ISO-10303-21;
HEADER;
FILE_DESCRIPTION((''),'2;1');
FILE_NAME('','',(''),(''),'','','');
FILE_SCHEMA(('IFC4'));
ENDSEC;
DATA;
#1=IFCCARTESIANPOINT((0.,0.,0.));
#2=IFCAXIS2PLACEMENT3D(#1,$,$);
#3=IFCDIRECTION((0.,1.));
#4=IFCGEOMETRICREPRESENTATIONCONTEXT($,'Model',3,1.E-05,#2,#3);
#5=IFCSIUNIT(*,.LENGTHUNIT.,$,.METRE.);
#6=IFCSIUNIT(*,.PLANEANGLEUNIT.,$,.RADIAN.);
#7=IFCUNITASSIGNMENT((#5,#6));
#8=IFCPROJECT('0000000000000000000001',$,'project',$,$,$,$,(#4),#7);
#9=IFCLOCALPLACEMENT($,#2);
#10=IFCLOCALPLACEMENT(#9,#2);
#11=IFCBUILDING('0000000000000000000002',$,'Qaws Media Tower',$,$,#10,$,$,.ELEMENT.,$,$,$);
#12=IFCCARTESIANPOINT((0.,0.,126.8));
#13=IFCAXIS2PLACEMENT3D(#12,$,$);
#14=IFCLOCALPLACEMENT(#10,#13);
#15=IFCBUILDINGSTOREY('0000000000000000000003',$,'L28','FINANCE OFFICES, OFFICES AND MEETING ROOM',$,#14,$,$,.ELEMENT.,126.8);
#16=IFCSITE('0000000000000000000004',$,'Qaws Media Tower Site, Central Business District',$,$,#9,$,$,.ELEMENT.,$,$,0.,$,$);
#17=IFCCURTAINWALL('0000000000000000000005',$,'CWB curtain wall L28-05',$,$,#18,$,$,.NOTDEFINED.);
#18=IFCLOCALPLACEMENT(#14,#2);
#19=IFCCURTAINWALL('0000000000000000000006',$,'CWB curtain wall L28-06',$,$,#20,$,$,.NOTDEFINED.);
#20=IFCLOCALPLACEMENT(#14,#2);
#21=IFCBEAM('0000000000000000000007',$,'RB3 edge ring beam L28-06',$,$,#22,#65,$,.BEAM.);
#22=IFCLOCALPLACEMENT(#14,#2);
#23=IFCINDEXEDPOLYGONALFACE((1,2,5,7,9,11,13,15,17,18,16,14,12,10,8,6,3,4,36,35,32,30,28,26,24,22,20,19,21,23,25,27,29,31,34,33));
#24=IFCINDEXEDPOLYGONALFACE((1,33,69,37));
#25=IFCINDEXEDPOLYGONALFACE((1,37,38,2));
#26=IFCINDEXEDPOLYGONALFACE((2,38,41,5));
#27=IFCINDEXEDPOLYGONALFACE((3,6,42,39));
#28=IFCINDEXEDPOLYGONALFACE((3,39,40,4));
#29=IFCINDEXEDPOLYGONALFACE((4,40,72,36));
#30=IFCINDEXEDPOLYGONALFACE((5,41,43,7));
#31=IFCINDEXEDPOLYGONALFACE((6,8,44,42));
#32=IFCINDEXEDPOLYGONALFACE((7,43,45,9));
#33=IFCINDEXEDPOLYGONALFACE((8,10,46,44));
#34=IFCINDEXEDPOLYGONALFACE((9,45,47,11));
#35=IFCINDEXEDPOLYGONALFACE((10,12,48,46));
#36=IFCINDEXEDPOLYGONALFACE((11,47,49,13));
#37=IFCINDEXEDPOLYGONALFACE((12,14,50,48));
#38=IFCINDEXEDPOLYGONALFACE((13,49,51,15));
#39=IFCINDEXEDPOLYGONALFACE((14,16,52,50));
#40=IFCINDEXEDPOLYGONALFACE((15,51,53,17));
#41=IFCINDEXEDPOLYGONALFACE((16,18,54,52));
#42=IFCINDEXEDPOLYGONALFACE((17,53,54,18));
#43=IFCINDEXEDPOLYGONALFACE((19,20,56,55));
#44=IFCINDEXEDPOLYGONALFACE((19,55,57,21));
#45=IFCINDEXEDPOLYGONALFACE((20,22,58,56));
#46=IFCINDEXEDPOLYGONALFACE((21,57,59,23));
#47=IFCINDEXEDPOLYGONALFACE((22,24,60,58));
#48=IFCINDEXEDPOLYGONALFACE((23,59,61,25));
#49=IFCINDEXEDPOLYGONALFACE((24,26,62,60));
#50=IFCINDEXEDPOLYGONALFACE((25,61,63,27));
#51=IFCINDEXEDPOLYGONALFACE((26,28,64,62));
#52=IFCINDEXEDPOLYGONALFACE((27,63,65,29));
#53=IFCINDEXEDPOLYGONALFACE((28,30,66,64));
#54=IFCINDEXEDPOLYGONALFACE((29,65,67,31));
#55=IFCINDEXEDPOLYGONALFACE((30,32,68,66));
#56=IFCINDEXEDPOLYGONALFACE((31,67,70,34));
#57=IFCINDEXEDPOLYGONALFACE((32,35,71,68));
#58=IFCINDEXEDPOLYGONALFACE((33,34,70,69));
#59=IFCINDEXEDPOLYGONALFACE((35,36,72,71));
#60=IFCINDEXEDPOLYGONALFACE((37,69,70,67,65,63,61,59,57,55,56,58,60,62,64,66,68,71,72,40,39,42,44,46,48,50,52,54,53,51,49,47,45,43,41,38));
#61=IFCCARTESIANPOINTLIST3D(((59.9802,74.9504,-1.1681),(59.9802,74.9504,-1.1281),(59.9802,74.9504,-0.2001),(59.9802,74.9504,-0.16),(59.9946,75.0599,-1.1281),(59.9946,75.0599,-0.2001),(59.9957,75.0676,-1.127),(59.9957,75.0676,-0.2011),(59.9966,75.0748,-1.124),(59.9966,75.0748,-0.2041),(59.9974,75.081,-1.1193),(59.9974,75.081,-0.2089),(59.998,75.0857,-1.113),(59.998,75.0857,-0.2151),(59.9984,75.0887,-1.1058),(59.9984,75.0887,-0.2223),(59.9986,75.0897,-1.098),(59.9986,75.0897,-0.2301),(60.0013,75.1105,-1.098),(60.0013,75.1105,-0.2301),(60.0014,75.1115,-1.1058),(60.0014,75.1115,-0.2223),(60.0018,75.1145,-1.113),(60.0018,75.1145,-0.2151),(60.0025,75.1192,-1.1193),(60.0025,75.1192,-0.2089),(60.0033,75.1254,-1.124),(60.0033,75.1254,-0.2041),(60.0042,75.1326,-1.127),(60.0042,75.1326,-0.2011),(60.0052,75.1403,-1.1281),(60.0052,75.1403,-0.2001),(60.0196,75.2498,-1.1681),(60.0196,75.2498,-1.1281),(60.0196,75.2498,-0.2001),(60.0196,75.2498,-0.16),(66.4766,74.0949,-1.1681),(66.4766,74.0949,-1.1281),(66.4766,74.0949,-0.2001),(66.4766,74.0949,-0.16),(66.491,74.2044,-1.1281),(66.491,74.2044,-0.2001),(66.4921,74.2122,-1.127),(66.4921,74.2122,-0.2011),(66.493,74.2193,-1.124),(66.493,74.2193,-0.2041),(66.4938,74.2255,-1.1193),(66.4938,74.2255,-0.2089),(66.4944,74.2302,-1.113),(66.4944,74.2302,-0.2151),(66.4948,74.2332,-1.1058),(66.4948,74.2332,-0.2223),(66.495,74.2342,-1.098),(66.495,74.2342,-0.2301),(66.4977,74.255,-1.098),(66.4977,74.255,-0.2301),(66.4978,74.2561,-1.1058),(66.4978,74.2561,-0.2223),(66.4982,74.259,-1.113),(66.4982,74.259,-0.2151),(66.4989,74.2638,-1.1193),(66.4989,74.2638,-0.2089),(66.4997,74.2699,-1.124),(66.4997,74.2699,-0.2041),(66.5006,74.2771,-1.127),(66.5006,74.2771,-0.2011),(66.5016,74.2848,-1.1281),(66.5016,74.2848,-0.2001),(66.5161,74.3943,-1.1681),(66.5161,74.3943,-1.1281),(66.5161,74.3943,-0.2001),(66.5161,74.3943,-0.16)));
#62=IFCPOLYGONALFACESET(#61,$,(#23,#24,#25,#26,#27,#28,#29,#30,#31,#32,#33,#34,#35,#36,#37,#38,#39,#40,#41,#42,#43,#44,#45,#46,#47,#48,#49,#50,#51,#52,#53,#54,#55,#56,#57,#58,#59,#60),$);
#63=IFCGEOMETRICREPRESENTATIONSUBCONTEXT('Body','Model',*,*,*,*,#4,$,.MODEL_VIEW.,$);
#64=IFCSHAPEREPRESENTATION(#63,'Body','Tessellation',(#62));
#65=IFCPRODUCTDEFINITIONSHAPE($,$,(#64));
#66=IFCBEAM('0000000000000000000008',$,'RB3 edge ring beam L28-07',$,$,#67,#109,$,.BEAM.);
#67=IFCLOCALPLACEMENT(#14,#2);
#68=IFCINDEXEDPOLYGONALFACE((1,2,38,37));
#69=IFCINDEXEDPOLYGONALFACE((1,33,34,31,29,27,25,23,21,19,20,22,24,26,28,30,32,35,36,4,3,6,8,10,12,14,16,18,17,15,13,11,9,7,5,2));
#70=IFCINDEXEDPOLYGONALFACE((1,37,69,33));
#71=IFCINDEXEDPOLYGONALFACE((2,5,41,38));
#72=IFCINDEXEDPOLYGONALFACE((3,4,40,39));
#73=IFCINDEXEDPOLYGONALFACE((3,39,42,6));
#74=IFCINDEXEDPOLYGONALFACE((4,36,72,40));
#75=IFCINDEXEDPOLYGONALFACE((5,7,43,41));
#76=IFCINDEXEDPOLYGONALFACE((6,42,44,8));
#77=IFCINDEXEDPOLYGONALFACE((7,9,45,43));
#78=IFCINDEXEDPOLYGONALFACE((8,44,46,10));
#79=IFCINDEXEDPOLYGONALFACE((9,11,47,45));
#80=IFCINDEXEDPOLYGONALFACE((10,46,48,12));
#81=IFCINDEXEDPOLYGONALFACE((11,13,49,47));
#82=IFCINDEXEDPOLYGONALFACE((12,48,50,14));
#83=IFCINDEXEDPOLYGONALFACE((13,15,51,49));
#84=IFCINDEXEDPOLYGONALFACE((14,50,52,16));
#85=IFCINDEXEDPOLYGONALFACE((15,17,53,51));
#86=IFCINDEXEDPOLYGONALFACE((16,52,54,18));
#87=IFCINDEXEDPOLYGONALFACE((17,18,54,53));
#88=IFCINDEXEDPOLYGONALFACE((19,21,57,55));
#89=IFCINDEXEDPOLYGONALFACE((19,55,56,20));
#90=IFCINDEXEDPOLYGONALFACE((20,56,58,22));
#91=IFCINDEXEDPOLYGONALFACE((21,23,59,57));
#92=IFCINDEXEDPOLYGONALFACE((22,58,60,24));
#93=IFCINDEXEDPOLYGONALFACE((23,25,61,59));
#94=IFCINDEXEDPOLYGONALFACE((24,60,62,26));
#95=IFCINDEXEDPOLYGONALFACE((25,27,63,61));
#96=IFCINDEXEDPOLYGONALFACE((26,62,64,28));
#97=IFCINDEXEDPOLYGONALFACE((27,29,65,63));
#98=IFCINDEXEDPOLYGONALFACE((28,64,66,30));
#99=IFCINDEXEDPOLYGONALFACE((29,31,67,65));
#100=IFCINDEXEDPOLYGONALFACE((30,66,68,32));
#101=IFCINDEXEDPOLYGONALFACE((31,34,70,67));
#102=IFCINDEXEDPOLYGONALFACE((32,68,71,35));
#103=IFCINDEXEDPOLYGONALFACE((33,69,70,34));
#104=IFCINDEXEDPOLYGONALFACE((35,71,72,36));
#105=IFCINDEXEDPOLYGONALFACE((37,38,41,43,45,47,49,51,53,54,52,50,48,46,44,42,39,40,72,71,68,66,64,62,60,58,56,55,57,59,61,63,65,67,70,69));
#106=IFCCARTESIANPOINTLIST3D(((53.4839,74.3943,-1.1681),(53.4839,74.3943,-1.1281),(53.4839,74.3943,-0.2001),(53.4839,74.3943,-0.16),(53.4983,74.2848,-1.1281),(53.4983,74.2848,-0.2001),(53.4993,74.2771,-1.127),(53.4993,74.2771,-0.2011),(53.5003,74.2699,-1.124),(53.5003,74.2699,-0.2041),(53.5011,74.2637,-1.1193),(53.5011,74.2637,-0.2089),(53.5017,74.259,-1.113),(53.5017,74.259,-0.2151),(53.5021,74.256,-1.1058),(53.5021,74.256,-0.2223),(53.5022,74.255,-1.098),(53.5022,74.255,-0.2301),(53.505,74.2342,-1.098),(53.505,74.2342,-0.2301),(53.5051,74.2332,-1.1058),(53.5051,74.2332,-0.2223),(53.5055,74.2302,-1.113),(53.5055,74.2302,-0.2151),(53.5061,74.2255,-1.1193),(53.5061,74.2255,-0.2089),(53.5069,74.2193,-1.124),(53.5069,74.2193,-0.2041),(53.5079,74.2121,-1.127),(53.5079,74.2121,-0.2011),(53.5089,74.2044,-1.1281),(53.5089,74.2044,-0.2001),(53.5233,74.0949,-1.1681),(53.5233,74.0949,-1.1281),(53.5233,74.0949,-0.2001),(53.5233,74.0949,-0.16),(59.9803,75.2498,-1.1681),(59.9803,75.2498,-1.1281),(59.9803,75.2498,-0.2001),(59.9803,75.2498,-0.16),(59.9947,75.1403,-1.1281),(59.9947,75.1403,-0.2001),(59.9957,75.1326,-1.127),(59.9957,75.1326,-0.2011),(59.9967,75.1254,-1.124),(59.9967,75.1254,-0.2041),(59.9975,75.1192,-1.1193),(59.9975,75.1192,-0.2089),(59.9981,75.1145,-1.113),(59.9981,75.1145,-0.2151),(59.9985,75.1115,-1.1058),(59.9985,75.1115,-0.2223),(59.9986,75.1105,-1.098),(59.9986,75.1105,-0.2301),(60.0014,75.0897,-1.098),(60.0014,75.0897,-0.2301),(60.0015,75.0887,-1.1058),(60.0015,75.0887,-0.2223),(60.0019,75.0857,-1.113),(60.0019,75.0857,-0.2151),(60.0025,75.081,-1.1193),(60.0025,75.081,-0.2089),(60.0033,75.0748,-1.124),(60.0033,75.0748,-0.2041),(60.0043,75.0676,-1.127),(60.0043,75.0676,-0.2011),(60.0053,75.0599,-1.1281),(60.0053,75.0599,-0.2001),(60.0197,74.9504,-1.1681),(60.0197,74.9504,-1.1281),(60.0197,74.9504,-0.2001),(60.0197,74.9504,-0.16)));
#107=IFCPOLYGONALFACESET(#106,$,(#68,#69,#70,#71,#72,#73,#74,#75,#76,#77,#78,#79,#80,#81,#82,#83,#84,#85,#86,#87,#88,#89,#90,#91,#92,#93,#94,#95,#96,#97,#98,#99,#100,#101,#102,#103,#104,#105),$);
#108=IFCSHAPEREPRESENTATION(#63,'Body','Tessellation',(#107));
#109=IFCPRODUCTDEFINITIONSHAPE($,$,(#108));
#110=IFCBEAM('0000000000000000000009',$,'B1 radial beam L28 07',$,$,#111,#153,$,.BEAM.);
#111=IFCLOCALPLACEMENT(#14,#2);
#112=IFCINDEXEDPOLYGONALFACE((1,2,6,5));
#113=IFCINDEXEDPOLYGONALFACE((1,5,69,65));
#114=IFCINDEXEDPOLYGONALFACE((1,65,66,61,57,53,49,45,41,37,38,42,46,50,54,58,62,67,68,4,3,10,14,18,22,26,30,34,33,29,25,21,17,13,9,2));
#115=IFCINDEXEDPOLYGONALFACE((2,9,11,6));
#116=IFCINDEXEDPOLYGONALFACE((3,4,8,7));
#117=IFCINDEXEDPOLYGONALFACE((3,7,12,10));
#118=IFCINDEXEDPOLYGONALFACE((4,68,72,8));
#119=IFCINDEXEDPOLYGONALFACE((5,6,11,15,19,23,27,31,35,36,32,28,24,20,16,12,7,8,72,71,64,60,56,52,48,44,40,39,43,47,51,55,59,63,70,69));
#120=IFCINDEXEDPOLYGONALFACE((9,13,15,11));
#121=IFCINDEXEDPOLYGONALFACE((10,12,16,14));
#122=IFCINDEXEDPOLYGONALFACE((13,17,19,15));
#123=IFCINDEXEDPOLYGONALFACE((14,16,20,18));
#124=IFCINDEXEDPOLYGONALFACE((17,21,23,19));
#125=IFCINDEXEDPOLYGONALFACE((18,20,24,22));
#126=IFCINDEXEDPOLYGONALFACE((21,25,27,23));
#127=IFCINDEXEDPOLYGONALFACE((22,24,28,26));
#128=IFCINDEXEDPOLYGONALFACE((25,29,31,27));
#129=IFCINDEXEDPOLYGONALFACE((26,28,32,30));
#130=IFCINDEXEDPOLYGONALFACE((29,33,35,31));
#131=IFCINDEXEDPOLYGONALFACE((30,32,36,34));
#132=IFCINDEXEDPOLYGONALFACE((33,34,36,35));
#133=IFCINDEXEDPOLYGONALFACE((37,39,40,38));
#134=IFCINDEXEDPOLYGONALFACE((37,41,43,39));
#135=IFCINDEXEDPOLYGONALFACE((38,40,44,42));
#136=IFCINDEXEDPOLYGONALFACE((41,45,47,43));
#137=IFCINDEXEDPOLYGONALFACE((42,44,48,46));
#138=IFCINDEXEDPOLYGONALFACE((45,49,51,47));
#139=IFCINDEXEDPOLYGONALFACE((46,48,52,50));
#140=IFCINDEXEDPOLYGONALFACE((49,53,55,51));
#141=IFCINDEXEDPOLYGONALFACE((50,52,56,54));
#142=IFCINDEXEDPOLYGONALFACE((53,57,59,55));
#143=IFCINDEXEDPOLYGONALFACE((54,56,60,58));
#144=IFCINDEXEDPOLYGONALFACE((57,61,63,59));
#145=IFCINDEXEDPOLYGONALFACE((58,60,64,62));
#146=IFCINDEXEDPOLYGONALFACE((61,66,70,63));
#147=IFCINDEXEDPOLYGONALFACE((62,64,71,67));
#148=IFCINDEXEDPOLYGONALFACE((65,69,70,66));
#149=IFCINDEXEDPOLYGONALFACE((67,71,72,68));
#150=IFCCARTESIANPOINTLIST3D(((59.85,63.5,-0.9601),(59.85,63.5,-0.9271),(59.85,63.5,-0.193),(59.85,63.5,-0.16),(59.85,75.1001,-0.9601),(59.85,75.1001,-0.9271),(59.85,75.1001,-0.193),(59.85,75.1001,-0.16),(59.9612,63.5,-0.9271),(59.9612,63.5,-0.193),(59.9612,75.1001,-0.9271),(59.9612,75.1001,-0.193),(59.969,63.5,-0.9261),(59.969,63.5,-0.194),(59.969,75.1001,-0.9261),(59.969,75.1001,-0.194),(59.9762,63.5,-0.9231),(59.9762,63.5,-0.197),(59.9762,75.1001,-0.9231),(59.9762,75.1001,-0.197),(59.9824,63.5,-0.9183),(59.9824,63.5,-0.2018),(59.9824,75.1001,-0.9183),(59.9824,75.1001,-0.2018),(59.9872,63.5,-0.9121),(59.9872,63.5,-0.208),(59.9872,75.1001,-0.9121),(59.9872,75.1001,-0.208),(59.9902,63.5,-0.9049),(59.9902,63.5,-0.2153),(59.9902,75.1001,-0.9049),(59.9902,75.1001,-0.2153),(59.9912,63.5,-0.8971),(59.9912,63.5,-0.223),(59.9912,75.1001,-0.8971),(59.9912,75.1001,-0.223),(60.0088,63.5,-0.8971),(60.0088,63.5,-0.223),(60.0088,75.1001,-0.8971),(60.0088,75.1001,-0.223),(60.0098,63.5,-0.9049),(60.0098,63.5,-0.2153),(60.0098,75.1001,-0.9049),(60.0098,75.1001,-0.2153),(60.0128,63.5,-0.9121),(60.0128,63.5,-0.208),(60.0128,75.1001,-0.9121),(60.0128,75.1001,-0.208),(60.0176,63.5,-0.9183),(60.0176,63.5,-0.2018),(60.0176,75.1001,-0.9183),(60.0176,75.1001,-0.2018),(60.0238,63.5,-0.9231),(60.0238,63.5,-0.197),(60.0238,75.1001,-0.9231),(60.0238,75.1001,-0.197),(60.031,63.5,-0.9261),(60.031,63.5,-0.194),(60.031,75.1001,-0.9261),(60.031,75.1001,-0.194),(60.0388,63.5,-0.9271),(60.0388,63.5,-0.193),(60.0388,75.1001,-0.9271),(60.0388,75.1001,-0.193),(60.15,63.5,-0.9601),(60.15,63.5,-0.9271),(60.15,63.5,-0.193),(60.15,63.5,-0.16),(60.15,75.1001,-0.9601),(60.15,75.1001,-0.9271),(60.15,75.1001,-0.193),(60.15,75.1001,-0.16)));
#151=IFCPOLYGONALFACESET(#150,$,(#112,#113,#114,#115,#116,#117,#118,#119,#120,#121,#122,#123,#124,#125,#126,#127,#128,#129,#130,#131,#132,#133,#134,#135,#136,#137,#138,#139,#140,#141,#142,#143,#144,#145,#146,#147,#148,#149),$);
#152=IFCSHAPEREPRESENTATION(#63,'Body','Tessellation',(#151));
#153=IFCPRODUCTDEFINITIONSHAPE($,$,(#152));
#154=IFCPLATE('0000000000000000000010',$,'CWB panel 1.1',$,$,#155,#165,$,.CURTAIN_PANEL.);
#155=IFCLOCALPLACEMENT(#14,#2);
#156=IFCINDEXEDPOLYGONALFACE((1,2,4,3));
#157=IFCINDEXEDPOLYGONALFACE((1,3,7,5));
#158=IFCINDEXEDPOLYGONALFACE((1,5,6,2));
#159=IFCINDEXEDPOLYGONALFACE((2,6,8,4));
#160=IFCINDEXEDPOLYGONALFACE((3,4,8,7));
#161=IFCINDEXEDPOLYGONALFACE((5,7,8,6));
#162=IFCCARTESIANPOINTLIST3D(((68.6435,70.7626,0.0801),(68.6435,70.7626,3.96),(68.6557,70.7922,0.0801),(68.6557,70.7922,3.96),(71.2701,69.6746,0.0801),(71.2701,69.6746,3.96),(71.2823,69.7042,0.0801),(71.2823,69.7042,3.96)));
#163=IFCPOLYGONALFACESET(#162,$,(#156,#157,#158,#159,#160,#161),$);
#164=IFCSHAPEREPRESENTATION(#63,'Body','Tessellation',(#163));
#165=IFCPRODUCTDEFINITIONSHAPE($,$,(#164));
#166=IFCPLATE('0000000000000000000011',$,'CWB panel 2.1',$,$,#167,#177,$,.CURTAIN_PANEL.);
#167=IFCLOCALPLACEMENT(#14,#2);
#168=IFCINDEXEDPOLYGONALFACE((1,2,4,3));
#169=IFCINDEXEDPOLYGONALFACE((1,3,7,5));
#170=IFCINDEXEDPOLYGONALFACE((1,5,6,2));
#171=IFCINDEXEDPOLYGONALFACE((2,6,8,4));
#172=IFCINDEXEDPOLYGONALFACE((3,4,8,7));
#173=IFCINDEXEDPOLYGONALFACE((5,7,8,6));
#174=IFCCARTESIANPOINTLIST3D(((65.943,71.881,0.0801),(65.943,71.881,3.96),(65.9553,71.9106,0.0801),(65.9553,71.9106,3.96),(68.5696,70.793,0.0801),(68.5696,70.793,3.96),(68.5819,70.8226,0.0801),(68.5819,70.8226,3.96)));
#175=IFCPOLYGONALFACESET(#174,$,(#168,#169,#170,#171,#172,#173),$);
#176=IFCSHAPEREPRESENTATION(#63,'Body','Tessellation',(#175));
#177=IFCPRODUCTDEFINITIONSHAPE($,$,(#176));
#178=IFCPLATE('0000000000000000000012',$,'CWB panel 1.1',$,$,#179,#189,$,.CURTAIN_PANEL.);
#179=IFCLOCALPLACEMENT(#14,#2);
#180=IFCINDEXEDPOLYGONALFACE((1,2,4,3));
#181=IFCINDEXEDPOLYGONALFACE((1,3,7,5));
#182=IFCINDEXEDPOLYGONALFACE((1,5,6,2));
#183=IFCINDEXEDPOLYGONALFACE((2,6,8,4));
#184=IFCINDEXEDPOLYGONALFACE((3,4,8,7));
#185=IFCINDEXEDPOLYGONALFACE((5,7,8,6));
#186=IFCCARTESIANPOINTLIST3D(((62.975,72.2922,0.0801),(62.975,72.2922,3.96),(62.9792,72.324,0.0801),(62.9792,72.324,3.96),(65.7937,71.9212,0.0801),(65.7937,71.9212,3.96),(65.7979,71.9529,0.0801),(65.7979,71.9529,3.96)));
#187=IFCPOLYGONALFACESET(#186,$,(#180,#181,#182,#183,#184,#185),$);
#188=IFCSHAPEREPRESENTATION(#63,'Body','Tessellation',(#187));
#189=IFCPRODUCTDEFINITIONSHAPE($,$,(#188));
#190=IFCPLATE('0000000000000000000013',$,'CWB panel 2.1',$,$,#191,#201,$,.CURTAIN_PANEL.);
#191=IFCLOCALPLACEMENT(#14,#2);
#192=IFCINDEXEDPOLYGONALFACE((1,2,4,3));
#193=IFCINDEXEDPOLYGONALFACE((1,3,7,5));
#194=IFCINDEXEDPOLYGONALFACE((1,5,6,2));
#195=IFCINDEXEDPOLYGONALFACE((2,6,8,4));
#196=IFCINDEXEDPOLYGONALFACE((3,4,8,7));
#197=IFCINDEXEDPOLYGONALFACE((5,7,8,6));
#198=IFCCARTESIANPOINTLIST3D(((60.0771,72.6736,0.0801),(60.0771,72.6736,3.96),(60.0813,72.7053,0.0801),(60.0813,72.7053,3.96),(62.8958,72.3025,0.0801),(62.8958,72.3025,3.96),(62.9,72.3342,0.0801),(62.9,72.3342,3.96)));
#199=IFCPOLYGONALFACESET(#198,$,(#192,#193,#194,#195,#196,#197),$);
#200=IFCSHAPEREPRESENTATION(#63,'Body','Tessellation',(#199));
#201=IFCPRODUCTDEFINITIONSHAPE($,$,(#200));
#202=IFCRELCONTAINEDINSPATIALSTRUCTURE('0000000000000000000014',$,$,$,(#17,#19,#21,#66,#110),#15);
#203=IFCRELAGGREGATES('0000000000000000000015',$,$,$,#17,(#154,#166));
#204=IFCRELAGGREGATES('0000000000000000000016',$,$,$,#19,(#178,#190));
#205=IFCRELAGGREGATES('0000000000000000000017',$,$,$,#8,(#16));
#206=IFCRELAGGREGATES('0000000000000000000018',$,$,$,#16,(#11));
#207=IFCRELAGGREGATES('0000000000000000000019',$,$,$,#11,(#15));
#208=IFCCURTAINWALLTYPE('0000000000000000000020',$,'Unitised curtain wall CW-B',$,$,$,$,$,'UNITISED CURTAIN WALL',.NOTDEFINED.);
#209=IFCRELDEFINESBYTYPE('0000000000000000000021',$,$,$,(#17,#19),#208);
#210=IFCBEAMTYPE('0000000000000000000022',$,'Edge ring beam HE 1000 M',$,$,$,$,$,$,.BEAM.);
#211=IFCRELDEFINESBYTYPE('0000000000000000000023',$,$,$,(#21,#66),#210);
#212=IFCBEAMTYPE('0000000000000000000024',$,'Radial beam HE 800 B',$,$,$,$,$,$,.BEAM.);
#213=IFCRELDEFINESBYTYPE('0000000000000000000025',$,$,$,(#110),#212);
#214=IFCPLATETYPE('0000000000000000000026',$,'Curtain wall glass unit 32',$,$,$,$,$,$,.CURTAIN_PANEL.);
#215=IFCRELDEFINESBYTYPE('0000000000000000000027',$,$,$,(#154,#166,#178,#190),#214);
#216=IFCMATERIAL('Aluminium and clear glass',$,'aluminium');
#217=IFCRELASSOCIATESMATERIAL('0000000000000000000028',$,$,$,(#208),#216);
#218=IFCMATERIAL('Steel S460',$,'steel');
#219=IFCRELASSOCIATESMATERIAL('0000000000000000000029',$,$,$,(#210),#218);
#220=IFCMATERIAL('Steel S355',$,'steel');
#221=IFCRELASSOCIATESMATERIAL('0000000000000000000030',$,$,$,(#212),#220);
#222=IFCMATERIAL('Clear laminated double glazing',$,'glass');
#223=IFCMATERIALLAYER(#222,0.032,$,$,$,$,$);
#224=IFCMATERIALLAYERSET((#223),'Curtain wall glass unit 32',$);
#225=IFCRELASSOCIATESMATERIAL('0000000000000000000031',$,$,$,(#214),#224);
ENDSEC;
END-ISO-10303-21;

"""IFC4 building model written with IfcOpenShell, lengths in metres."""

from ifc_helpers import new_model, si_unit, direction, frame, origin, origin_2d, place, context, subcontext, project, spatial, rectangle, i_section, extrude, material, layer, layer_set, material_profile, profile_set, type_object, element, aggregate, save


model = new_model("IFC4")

# Units and contexts
model_context = context("Model", 3, precision=1e-05, world=origin(), true_north=direction((0.0, 1.0)))
body_context = subcontext(model_context, "Body", "Model", "MODEL_VIEW")
ifc_project = project(units=[si_unit("LENGTHUNIT", "METRE"), si_unit("PLANEANGLEUNIT", "RADIAN")], contexts=[model_context])

# Site, building, storey
site_placement = place(None, origin())
site = spatial("IfcSite", under=ifc_project, at=site_placement, Name="Qaws Media Tower Site, Central Business District", CompositionType="ELEMENT", RefElevation=0.0)
building_placement = place(site_placement, origin())
building = spatial("IfcBuilding", under=site, at=building_placement, Name="Qaws Media Tower", CompositionType="ELEMENT")
storey_placement = place(building_placement, frame((0.0, 0.0, 126.8)))
storey = spatial("IfcBuildingStorey", under=building, at=storey_placement, Name="L28", Description="FINANCE OFFICES, OFFICES AND MEETING ROOM", CompositionType="ELEMENT", Elevation=126.8)

# Shared definitions
ifc_material_1 = material(Name="Aluminium and clear glass", Category="aluminium")
curtain_wall_type = type_object("IfcCurtainWallType", Name="Unitised curtain wall CW-B", ElementType="UNITISED CURTAIN WALL", PredefinedType="NOTDEFINED", material=ifc_material_1)

# Curtain walls
curtain_wall_1_placement = place(storey_placement, origin())
curtain_wall_1 = element("IfcCurtainWall", 1, at=curtain_wall_1_placement, inside=storey, type_object=curtain_wall_type, Name="CWB curtain wall L28-05", PredefinedType="NOTDEFINED")
curtain_wall_2_placement = place(storey_placement, origin())
curtain_wall_2 = element("IfcCurtainWall", 2, at=curtain_wall_2_placement, inside=storey, type_object=curtain_wall_type, Name="CWB curtain wall L28-06", PredefinedType="NOTDEFINED")

# Beams
ifc_material_2 = material(Name="Steel S460", Category="steel")
ifc_material_profile_1 = material_profile(ifc_material_2, i_section(OverallWidth=0.302, OverallDepth=1.0081, WebThickness=0.021, FlangeThickness=0.04, FilletRadius=0.03, at=origin_2d()), Name="HE 1000 M")
ifc_profile_set_1 = profile_set([ifc_material_profile_1], Name="Steel S460")
beam_type_1 = type_object("IfcBeamType", Name="Edge ring beam HE 1000 M", PredefinedType="BEAM", material=ifc_profile_set_1)
for number, where, z_axis, x_axis, name in (
    (3, (66.4963, 74.2446, -0.6641), (-0.991441, 0.130558, 0.0), (-0.130558, -0.991441, 0.0), "RB3 edge ring beam L28-06"),
    (4, (60.0, 75.1001, -0.6641), (-0.991441, -0.130558, 0.0), (0.130558, -0.991441, 0.0), "RB3 edge ring beam L28-07"),
):
    element("IfcBeam", number, at=place(storey_placement, frame(where, z_axis=z_axis, x_axis=x_axis)), inside=storey, type_object=beam_type_1, Name=name, PredefinedType="BEAM", context=body_context, shape_type="SweptSolid", body=[
        extrude(i_section(OverallWidth=0.302, OverallDepth=1.0081, WebThickness=0.021, FlangeThickness=0.04, FilletRadius=0.03, at=origin_2d()), origin(), (0.0, 0.0, 1.0), 6.5525),
    ])
ifc_material_3 = material(Name="Steel S355", Category="steel")
ifc_material_profile_2 = material_profile(ifc_material_3, i_section(OverallWidth=0.3, OverallDepth=0.8, WebThickness=0.0176, FlangeThickness=0.033, FilletRadius=0.03, at=origin_2d()), Name="HE 800 B")
ifc_profile_set_2 = profile_set([ifc_material_profile_2], Name="Steel S355")
beam_type_2 = type_object("IfcBeamType", Name="Radial beam HE 800 B", PredefinedType="BEAM", material=ifc_profile_set_2)
beam_placement = place(storey_placement, frame((60.0, 63.5, -0.5601), z_axis=(0.0, 1.0, 0.0), x_axis=(-1.0, 0.0, 0.0)))
element("IfcBeam", 5, at=beam_placement, inside=storey, type_object=beam_type_2, Name="B1 radial beam L28 07", PredefinedType="BEAM", context=body_context, shape_type="SweptSolid", body=[
    extrude(i_section(OverallWidth=0.3, OverallDepth=0.8, WebThickness=0.0176, FlangeThickness=0.033, FilletRadius=0.03, at=origin_2d()), origin(), (0.0, 0.0, 1.0), 11.6001),
])

# Plates
ifc_material_4 = material(Name="Clear laminated double glazing", Category="glass")
ifc_layer_1 = layer(ifc_material_4, 0.032)
ifc_layer_set_1 = layer_set([ifc_layer_1], Name="Curtain wall glass unit 32")
plate_type_1 = type_object("IfcPlateType", Name="Curtain wall glass unit 32", PredefinedType="CURTAIN_PANEL", material=ifc_layer_set_1)
plate_1_placement = place(storey_placement, frame((69.9629, 70.2334, 0.0801), z_axis=(0.0, 0.0, 1.0), x_axis=(-0.92388, 0.382683, 0.0)))
plate_1 = element("IfcPlate", 6, at=plate_1_placement, type_object=plate_type_1, Name="CWB panel 1.1", PredefinedType="CURTAIN_PANEL", context=body_context, shape_type="SweptSolid", body=[
    extrude(rectangle(XDim=2.843, YDim=0.032, at=origin_2d()), origin(), (0.0, 0.0, 1.0), 3.8799),
])
plate_2_placement = place(storey_placement, frame((67.2625, 71.3518, 0.0801), z_axis=(0.0, 0.0, 1.0), x_axis=(-0.92388, 0.382683, 0.0)))
plate_2 = element("IfcPlate", 7, at=plate_2_placement, type_object=plate_type_1, Name="CWB panel 2.1", PredefinedType="CURTAIN_PANEL", context=body_context, shape_type="SweptSolid", body=[
    extrude(rectangle(XDim=2.843, YDim=0.032, at=origin_2d()), origin(), (0.0, 0.0, 1.0), 3.8799),
])
aggregate(curtain_wall_1, [plate_1, plate_2])
plate_3_placement = place(storey_placement, frame((64.3865, 72.1226, 0.0801), z_axis=(0.0, 0.0, 1.0), x_axis=(-0.991445, 0.130526, 0.0)))
plate_3 = element("IfcPlate", 8, at=plate_3_placement, type_object=plate_type_1, Name="CWB panel 1.1", PredefinedType="CURTAIN_PANEL", context=body_context, shape_type="SweptSolid", body=[
    extrude(rectangle(XDim=2.843, YDim=0.032, at=origin_2d()), origin(), (0.0, 0.0, 1.0), 3.8799),
])
plate_4_placement = place(storey_placement, frame((61.4885, 72.5039, 0.0801), z_axis=(0.0, 0.0, 1.0), x_axis=(-0.991445, 0.130526, 0.0)))
plate_4 = element("IfcPlate", 9, at=plate_4_placement, type_object=plate_type_1, Name="CWB panel 2.1", PredefinedType="CURTAIN_PANEL", context=body_context, shape_type="SweptSolid", body=[
    extrude(rectangle(XDim=2.843, YDim=0.032, at=origin_2d()), origin(), (0.0, 0.0, 1.0), 3.8799),
])
aggregate(curtain_wall_2, [plate_3, plate_4])

save(model, "model.ifc")
